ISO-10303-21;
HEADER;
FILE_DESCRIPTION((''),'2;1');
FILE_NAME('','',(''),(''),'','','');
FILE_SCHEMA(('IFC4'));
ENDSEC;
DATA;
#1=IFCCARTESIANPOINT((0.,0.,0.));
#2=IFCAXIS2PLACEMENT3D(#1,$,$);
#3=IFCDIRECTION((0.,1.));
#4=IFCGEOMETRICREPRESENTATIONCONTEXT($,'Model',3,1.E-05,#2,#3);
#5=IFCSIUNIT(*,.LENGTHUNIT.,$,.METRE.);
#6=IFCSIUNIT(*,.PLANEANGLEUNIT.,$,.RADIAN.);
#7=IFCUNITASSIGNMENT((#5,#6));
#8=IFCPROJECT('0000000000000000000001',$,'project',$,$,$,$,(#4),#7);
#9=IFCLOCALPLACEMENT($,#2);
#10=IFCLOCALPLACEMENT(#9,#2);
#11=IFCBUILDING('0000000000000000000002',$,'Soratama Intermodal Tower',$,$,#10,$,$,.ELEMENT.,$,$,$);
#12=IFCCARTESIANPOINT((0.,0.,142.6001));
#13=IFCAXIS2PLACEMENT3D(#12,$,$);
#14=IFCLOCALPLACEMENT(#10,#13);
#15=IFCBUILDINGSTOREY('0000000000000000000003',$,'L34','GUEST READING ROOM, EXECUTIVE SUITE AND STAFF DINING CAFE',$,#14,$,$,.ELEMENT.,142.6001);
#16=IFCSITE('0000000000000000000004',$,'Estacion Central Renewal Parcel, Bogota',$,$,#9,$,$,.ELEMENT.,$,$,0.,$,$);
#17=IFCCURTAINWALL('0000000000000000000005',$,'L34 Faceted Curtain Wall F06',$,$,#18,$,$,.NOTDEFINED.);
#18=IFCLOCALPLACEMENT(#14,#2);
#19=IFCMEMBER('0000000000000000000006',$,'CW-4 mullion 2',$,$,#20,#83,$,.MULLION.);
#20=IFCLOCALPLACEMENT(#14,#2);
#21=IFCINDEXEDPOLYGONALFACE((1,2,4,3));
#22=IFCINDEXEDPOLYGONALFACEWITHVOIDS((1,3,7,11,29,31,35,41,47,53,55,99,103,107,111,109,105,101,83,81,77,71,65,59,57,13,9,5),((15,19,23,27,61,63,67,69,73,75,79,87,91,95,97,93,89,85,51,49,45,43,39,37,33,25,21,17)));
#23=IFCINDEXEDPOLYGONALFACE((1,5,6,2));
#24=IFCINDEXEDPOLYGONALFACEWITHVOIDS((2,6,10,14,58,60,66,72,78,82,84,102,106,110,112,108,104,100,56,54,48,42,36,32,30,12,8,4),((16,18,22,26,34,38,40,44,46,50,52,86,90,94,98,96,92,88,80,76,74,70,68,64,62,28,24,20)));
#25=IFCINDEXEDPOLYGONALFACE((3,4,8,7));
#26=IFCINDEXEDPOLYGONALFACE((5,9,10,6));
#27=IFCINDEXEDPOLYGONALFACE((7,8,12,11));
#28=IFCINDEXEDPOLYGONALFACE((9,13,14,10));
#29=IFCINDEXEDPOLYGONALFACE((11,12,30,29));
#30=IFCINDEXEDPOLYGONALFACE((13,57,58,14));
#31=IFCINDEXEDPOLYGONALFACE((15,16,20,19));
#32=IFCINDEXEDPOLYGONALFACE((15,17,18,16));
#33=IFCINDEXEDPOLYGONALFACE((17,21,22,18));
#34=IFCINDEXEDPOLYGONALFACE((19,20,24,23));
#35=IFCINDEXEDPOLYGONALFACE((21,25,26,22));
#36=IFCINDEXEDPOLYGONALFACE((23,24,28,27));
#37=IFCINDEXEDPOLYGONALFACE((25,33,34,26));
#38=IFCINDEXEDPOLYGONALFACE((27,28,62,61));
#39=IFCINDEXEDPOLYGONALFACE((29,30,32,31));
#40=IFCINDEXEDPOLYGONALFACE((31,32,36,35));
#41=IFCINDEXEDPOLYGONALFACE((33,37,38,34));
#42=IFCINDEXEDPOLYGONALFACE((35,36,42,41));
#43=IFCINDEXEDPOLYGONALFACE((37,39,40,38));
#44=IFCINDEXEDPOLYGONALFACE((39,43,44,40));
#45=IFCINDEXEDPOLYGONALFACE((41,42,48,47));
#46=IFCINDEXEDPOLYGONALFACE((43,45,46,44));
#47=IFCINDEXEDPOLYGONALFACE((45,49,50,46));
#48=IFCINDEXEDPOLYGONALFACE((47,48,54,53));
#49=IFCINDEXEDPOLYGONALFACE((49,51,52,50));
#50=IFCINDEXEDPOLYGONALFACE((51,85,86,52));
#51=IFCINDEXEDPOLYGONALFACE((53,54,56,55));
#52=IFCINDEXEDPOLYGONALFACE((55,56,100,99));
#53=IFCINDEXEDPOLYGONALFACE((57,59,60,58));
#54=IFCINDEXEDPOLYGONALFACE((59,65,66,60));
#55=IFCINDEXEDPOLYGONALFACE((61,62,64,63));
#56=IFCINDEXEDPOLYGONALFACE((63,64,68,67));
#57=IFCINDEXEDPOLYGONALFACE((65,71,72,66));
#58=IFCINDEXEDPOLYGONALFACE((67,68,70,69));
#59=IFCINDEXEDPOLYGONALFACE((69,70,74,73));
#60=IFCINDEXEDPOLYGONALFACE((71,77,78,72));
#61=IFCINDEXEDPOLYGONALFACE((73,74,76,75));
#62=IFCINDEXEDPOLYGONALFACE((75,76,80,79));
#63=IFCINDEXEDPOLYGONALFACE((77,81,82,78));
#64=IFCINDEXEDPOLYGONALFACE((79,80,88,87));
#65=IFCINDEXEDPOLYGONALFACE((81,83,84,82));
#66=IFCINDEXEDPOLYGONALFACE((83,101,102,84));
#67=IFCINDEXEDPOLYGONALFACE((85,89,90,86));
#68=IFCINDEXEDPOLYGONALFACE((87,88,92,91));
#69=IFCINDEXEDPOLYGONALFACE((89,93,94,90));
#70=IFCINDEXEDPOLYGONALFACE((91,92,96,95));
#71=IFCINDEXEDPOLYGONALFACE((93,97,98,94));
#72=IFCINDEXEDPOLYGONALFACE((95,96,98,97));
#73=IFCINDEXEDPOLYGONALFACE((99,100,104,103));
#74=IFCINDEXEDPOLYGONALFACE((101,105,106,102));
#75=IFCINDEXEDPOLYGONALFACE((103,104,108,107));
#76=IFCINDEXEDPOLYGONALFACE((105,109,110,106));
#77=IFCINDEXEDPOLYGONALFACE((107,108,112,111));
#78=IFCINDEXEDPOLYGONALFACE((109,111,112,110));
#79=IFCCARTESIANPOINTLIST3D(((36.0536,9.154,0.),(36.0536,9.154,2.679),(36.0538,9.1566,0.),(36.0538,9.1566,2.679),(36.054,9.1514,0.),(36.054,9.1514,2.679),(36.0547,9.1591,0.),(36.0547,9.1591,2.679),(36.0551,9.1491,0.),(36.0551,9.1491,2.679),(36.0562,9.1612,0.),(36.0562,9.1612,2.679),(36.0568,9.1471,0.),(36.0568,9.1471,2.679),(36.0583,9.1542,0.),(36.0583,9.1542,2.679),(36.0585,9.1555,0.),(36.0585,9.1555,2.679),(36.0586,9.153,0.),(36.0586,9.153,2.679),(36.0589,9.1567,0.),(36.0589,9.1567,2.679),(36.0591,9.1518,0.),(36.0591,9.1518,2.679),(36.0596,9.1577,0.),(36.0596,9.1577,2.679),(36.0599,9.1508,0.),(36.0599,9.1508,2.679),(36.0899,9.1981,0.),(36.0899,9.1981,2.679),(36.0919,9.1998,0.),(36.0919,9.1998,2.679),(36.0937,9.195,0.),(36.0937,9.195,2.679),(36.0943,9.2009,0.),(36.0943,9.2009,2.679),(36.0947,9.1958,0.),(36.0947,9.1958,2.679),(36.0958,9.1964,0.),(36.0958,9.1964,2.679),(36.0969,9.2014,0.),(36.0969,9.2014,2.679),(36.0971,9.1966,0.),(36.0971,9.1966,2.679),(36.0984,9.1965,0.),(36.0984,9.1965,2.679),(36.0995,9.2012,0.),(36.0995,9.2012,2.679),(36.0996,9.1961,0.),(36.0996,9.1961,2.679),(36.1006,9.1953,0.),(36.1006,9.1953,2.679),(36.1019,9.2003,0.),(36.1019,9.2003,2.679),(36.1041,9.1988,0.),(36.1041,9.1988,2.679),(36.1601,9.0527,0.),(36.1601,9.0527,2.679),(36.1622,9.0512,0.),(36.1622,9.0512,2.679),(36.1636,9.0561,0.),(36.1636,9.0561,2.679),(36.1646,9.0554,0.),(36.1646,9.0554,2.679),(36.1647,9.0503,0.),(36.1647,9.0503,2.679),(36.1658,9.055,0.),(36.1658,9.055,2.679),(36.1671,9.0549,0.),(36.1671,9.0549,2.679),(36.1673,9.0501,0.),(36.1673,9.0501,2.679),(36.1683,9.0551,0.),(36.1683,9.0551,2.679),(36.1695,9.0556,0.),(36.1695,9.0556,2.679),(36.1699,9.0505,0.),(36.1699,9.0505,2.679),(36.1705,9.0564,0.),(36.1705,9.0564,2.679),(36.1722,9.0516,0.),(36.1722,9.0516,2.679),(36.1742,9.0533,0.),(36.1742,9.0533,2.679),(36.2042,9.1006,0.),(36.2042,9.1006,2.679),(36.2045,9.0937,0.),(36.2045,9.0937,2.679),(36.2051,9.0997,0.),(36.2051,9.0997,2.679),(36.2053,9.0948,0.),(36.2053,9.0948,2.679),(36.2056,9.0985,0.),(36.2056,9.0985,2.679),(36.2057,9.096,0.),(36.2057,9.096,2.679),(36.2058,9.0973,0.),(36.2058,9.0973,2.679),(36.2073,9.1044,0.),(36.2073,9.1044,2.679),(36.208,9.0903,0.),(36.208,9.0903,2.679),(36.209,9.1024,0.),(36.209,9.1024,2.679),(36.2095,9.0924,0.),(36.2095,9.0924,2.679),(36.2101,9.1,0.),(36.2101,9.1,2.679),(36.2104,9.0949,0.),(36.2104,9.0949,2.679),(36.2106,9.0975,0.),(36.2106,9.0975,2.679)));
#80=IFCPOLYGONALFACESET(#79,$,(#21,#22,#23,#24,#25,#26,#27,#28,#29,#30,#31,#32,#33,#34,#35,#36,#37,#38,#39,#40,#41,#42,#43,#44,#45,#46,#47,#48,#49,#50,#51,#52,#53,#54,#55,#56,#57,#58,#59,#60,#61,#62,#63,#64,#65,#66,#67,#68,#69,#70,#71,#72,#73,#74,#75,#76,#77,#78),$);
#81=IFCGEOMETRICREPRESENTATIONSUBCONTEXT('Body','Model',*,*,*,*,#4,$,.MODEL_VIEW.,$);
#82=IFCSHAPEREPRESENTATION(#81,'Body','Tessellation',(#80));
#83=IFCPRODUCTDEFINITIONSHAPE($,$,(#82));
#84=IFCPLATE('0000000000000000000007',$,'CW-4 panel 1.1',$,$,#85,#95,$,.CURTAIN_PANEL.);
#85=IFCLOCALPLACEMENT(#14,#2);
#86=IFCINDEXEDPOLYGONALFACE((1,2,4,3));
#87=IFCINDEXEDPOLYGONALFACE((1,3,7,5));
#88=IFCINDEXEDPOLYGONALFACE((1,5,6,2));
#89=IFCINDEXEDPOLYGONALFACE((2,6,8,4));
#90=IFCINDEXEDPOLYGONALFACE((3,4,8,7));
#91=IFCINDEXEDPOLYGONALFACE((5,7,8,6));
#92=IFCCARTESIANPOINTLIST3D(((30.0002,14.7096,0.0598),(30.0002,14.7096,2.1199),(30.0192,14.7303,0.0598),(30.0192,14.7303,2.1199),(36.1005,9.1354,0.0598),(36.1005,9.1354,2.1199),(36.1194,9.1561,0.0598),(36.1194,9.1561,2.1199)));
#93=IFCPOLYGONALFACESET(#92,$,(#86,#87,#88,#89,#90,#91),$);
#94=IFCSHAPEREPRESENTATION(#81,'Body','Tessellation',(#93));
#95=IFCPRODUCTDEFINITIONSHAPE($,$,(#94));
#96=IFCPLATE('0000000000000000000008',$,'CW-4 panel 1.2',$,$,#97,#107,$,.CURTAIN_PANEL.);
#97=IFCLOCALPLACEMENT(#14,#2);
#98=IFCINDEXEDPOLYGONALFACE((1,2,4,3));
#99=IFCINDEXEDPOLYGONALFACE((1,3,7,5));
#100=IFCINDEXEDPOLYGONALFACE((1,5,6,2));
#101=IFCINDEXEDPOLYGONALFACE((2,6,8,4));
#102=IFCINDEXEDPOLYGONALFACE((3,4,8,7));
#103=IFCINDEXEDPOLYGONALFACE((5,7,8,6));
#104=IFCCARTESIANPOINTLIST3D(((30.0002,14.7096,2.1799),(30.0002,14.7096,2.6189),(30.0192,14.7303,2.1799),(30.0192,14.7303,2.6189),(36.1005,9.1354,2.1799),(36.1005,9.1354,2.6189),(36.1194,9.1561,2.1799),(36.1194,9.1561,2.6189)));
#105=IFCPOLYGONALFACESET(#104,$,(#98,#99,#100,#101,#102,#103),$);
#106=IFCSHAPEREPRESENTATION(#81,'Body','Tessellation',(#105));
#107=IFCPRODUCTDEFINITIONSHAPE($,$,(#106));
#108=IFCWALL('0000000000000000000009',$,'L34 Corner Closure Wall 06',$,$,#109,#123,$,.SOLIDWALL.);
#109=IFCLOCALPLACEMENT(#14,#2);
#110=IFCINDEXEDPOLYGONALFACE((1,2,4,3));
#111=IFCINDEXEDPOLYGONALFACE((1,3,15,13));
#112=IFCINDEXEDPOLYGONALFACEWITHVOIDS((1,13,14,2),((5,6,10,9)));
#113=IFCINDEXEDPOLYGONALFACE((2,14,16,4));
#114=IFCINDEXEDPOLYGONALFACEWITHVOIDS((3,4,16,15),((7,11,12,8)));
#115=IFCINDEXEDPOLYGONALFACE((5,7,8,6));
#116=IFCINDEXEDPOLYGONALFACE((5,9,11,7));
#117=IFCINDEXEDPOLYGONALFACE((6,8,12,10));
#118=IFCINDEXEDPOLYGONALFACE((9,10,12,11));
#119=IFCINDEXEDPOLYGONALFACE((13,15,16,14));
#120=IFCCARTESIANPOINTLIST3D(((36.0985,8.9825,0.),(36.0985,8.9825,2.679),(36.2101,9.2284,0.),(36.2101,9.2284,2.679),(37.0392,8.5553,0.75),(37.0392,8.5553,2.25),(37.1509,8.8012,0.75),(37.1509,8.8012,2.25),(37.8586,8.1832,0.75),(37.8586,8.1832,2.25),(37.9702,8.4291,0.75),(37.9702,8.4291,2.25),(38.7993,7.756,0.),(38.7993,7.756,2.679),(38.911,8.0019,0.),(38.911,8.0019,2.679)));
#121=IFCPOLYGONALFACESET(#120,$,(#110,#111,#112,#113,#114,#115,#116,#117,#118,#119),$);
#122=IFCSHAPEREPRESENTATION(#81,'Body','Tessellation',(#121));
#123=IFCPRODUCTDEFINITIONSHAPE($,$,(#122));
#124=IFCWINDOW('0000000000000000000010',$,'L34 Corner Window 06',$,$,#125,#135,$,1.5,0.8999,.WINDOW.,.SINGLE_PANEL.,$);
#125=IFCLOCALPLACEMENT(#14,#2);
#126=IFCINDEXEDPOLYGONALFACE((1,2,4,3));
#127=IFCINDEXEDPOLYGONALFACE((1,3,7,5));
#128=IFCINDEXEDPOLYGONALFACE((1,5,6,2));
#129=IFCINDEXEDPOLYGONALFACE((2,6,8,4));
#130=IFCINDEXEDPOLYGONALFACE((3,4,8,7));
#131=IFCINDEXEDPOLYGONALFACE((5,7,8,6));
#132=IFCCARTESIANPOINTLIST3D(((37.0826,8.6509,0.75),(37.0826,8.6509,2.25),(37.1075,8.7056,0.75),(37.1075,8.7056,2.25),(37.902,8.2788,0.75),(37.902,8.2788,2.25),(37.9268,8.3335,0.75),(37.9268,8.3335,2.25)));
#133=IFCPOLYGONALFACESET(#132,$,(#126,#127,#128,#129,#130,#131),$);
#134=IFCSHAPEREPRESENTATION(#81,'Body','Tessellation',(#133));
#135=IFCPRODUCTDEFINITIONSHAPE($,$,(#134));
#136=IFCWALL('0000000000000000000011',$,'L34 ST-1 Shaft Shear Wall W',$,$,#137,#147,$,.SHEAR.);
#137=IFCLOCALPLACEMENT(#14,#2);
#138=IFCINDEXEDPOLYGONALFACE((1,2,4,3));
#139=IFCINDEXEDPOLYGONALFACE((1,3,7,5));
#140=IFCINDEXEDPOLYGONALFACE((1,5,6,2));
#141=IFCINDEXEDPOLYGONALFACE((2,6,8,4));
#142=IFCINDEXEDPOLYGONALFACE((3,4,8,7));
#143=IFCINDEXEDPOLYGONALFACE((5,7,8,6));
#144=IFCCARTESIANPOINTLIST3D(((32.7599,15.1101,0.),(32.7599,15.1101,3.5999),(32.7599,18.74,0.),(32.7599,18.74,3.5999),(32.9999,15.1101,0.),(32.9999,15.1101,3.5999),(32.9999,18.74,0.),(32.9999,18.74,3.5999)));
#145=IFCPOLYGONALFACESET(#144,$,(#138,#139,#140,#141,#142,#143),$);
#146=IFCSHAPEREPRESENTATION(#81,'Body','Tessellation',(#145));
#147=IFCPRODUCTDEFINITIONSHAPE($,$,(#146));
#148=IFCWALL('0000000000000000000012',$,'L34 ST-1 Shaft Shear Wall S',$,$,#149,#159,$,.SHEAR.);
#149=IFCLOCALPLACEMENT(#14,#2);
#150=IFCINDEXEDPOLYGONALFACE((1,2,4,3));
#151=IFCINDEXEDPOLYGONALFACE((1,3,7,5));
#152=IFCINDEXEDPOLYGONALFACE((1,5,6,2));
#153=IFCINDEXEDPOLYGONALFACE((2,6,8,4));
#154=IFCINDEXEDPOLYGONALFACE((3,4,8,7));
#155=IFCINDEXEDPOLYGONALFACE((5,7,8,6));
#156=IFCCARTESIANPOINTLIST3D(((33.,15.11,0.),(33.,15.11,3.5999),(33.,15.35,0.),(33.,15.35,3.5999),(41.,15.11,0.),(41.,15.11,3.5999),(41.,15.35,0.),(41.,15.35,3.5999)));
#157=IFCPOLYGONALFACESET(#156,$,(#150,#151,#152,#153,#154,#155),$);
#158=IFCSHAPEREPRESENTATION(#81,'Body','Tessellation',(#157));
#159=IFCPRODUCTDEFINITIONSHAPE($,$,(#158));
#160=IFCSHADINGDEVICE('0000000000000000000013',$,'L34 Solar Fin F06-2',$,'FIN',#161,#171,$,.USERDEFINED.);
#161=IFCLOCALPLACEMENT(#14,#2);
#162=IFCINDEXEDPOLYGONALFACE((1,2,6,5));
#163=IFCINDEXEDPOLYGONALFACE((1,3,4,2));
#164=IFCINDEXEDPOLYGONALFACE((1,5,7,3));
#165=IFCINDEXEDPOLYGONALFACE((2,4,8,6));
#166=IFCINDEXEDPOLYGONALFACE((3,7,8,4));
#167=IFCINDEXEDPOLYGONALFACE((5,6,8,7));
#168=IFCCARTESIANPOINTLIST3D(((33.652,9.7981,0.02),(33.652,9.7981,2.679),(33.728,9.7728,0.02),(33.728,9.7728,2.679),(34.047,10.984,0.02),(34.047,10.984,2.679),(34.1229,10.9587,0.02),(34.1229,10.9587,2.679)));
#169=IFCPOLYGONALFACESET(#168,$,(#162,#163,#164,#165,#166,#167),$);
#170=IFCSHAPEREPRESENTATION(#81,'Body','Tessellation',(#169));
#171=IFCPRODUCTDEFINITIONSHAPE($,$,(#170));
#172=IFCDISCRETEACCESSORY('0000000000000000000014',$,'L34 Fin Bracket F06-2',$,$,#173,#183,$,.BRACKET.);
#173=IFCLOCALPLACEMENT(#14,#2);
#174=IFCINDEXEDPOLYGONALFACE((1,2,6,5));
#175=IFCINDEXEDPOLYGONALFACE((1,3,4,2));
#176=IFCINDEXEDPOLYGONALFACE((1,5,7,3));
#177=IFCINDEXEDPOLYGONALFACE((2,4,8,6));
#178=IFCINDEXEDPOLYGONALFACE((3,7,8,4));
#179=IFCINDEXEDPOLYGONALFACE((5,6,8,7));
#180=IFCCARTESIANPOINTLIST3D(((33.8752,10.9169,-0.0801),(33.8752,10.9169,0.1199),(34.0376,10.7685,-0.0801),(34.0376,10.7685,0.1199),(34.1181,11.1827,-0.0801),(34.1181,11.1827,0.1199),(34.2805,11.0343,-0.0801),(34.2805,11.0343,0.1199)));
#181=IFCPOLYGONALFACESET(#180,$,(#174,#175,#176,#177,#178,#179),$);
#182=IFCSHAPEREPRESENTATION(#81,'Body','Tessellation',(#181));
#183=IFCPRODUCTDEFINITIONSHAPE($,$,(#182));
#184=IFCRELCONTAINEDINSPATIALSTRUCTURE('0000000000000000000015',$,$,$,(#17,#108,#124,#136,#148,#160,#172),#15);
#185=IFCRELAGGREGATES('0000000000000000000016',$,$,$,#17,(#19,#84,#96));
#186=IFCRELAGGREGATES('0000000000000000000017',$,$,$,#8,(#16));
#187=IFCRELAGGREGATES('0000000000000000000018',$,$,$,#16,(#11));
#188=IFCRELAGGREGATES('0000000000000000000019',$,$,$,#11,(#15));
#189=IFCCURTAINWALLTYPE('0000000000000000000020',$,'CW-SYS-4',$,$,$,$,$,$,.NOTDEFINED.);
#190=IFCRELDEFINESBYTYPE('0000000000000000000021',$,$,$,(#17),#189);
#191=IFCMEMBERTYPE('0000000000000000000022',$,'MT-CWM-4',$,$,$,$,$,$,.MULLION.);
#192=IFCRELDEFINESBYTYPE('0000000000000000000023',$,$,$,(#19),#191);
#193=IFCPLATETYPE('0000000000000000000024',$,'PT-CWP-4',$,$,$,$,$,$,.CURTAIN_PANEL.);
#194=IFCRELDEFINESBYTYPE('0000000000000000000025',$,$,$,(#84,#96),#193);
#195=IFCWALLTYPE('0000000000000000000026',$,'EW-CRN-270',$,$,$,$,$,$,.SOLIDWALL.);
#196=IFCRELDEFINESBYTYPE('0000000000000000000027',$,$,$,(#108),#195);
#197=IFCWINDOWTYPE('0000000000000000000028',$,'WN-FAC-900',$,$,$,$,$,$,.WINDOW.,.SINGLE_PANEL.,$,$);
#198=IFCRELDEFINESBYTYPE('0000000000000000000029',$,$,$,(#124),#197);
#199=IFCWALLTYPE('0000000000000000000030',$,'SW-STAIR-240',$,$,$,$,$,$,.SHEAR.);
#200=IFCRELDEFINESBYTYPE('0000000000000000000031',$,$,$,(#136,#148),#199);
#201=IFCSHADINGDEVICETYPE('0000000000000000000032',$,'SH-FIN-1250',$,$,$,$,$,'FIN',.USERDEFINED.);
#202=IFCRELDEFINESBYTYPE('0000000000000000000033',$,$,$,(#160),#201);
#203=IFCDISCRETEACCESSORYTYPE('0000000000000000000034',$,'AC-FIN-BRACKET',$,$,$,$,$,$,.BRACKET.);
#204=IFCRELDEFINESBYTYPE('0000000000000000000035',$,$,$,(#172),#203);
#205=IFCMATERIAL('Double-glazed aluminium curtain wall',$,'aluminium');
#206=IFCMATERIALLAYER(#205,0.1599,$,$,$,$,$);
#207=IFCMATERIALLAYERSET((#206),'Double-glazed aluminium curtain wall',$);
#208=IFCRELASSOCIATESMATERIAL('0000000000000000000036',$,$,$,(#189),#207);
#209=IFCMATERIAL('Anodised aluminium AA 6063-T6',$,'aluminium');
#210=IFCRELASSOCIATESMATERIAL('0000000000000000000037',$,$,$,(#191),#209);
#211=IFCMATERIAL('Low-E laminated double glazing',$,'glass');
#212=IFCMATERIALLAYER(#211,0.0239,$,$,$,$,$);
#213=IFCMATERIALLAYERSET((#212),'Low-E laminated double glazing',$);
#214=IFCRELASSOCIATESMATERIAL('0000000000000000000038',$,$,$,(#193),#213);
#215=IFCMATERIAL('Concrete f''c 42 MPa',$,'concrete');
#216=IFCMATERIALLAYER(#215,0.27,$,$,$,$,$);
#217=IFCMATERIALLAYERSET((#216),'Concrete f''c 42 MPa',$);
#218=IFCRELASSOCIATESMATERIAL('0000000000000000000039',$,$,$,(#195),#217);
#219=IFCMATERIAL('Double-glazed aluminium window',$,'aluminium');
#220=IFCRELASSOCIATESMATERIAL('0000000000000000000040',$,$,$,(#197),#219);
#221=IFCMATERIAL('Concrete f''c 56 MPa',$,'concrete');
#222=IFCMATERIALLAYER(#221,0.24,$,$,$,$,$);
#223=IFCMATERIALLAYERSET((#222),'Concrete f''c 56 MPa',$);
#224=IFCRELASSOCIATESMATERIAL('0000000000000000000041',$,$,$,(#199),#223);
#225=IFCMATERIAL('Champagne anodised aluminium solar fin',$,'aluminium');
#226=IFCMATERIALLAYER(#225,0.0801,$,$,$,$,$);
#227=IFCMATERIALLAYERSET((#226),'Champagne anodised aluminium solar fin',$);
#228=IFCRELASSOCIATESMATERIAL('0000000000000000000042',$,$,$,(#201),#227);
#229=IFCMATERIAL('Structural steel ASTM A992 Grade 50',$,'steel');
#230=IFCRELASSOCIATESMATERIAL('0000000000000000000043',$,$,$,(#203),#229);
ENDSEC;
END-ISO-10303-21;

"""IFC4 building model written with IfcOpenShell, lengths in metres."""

from ifc_helpers import new_model, si_unit, direction, frame, frame_2d, origin, origin_2d, place, context, subcontext, project, spatial, rectangle, hollow_rectangle, extrude, material, layer, layer_set, material_profile, profile_set, type_object, element, fill, aggregate, save


model = new_model("IFC4")

# Units and contexts
model_context = context("Model", 3, precision=1e-05, world=origin(), true_north=direction((0.0, 1.0)))
body_context = subcontext(model_context, "Body", "Model", "MODEL_VIEW")
ifc_project = project(units=[si_unit("LENGTHUNIT", "METRE"), si_unit("PLANEANGLEUNIT", "RADIAN")], contexts=[model_context])

# Site, building, storey
site_placement = place(None, origin())
site = spatial("IfcSite", under=ifc_project, at=site_placement, Name="Estacion Central Renewal Parcel, Bogota", CompositionType="ELEMENT", RefElevation=0.0)
building_placement = place(site_placement, origin())
building = spatial("IfcBuilding", under=site, at=building_placement, Name="Soratama Intermodal Tower", CompositionType="ELEMENT")
storey_placement = place(building_placement, frame((0.0, 0.0, 142.6001)))
storey = spatial("IfcBuildingStorey", under=building, at=storey_placement, Name="L34", Description="GUEST READING ROOM, EXECUTIVE SUITE AND STAFF DINING CAFE", CompositionType="ELEMENT", Elevation=142.6001)

# Curtain wall, member, plates
ifc_material_1 = material(Name="Double-glazed aluminium curtain wall", Category="aluminium")
ifc_layer_1 = layer(ifc_material_1, 0.1599)
ifc_layer_set_1 = layer_set([ifc_layer_1], Name="Double-glazed aluminium curtain wall")
curtain_wall_type = type_object("IfcCurtainWallType", Name="CW-SYS-4", PredefinedType="NOTDEFINED", material=ifc_layer_set_1)
curtain_wall_placement = place(storey_placement, origin())
curtain_wall = element("IfcCurtainWall", 1, at=curtain_wall_placement, inside=storey, type_object=curtain_wall_type, Name="L34 Faceted Curtain Wall F06", PredefinedType="NOTDEFINED")
ifc_material_2 = material(Name="Anodised aluminium AA 6063-T6", Category="aluminium")
ifc_material_profile_1 = material_profile(ifc_material_2, hollow_rectangle(XDim=0.0701, YDim=0.1599, WallThickness=0.0049, InnerFilletRadius=0.0049, OuterFilletRadius=0.01, at=origin_2d()), Name="CWM160X70X5")
ifc_profile_set_1 = profile_set([ifc_material_profile_1], Name="Anodised aluminium AA 6063-T6")
member_type = type_object("IfcMemberType", Name="MT-CWM-4", PredefinedType="MULLION", material=ifc_profile_set_1)
member_placement = place(storey_placement, frame((36.1321, 9.1257, 0.0), z_axis=(0.0, 0.0, 1.0), x_axis=(0.674559, 0.738221, 0.0)))
member = element("IfcMember", 2, at=member_placement, type_object=member_type, Name="CW-4 mullion 2", PredefinedType="MULLION", context=body_context, shape_type="SweptSolid", body=[
    extrude(hollow_rectangle(XDim=0.0701, YDim=0.1599, WallThickness=0.0049, InnerFilletRadius=0.0049, OuterFilletRadius=0.01, at=origin_2d()), origin(), (0.0, 0.0, 1.0), 2.679),
])
ifc_material_3 = material(Name="Low-E laminated double glazing", Category="glass")
ifc_layer_2 = layer(ifc_material_3, 0.0239)
ifc_layer_set_2 = layer_set([ifc_layer_2], Name="Low-E laminated double glazing")
plate_type = type_object("IfcPlateType", Name="PT-CWP-4", PredefinedType="CURTAIN_PANEL", material=ifc_layer_set_2)
plate_1_placement = place(storey_placement, frame((33.0598, 11.9329, 0.0598), z_axis=(0.0, 0.0, 1.0), x_axis=(0.738221, -0.674559, 0.0)))
plate_1 = element("IfcPlate", 3, at=plate_1_placement, type_object=plate_type, Name="CW-4 panel 1.1", PredefinedType="CURTAIN_PANEL", context=body_context, shape_type="SweptSolid", body=[
    extrude(rectangle(XDim=8.2634, YDim=0.0281, at=origin_2d()), origin(), (0.0, 0.0, 1.0), 2.0601),
])
plate_2_placement = place(storey_placement, frame((33.0598, 11.9329, 2.1799), z_axis=(0.0, 0.0, 1.0), x_axis=(0.738221, -0.674559, 0.0)))
plate_2 = element("IfcPlate", 4, at=plate_2_placement, type_object=plate_type, Name="CW-4 panel 1.2", PredefinedType="CURTAIN_PANEL", context=body_context, shape_type="SweptSolid", body=[
    extrude(rectangle(XDim=8.2634, YDim=0.0281, at=origin_2d()), origin(), (0.0, 0.0, 1.0), 0.439),
])
aggregate(curtain_wall, [member, plate_1, plate_2])

# Wall, opening, window
ifc_material_4 = material(Name="Concrete f'c 42 MPa", Category="concrete")
ifc_layer_3 = layer(ifc_material_4, 0.27)
ifc_layer_set_3 = layer_set([ifc_layer_3], Name="Concrete f'c 42 MPa")
wall_type_1 = type_object("IfcWallType", Name="EW-CRN-270", PredefinedType="SOLIDWALL", material=ifc_layer_set_3)
wall_1_placement = place(storey_placement, frame((36.1543, 9.1055, 0.0), z_axis=(0.0, 0.0, 1.0), x_axis=(0.91051, -0.413487, 0.0)))
wall_1 = element("IfcWall", 5, at=wall_1_placement, inside=storey, type_object=wall_type_1, Name="L34 Corner Closure Wall 06", PredefinedType="SOLIDWALL", context=body_context, shape_type="SweptSolid", body=[
    extrude(rectangle(XDim=2.9663, YDim=0.27, at=frame_2d((1.4832, 0.0))), origin(), (0.0, 0.0, 1.0), 2.679),
])
opening_1_placement = place(wall_1_placement, frame((1.0332, 0.0, 0.75)))
opening_1 = element("IfcOpeningElement", 6, at=opening_1_placement, cuts=wall_1, PredefinedType="OPENING", context=body_context, shape_type="SweptSolid", body=[
    extrude(rectangle(XDim=0.8999, YDim=1.5, at=frame_2d((0.45, 0.75))), frame((0.0, 0.145, 0.0), z_axis=(0.0, -1.0, 0.0), x_axis=(1.0, 0.0, 0.0)), (0.0, 0.0, 1.0), 0.29),
])
ifc_material_5 = material(Name="Double-glazed aluminium window", Category="aluminium")
window_type_1 = type_object("IfcWindowType", Name="WN-FAC-900", PartitioningType="SINGLE_PANEL", PredefinedType="WINDOW", material=ifc_material_5)
window_1_placement = place(opening_1_placement, origin())
window_1 = element("IfcWindow", 7, at=window_1_placement, inside=storey, type_object=window_type_1, Name="L34 Corner Window 06", OverallHeight=1.5, OverallWidth=0.8999, PartitioningType="SINGLE_PANEL", PredefinedType="WINDOW", context=body_context, shape_type="SweptSolid", body=[
    extrude(rectangle(XDim=0.8999, YDim=1.5, at=frame_2d((0.45, 0.75))), frame((0.0, 0.03, 0.0), z_axis=(0.0, -1.0, 0.0), x_axis=(1.0, 0.0, 0.0)), (0.0, 0.0, 1.0), 0.0601),
])
fill(opening_1, window_1)

# Wall
ifc_material_6 = material(Name="Concrete f'c 56 MPa", Category="concrete")
ifc_layer_4 = layer(ifc_material_6, 0.24)
ifc_layer_set_4 = layer_set([ifc_layer_4], Name="Concrete f'c 56 MPa")
wall_type_2 = type_object("IfcWallType", Name="SW-STAIR-240", PredefinedType="SHEAR", material=ifc_layer_set_4)
wall_2_placement = place(storey_placement, frame((32.8799, 15.1101, 0.0), z_axis=(0.0, 0.0, 1.0), x_axis=(0.0, 1.0, 0.0)))
element("IfcWall", 8, at=wall_2_placement, inside=storey, type_object=wall_type_2, Name="L34 ST-1 Shaft Shear Wall W", PredefinedType="SHEAR", context=body_context, shape_type="SweptSolid", body=[
    extrude(rectangle(XDim=3.6299, YDim=0.24, at=frame_2d((1.8149, 0.0))), origin(), (0.0, 0.0, 1.0), 3.5999),
])

# Wall
wall_3_placement = place(storey_placement, frame((33.0, 15.23, 0.0), z_axis=(0.0, 0.0, 1.0), x_axis=(1.0, 0.0, 0.0)))
element("IfcWall", 9, at=wall_3_placement, inside=storey, type_object=wall_type_2, Name="L34 ST-1 Shaft Shear Wall S", PredefinedType="SHEAR", context=body_context, shape_type="SweptSolid", body=[
    extrude(rectangle(XDim=8.0, YDim=0.24, at=frame_2d((4.0, 0.0))), origin(), (0.0, 0.0, 1.0), 3.5999),
])

# Shading device
ifc_material_7 = material(Name="Champagne anodised aluminium solar fin", Category="aluminium")
ifc_layer_5 = layer(ifc_material_7, 0.0801)
ifc_layer_set_5 = layer_set([ifc_layer_5], Name="Champagne anodised aluminium solar fin")
shading_device_type = type_object("IfcShadingDeviceType", Name="SH-FIN-1250", ElementType="FIN", PredefinedType="USERDEFINED", material=ifc_layer_set_5)
shading_device_placement = place(storey_placement, frame((33.8875, 10.3784, 0.02), z_axis=(0.0, 0.0, 1.0), x_axis=(-0.31598, -0.948766, 0.0)))
element("IfcShadingDevice", 10, at=shading_device_placement, inside=storey, type_object=shading_device_type, Name="L34 Solar Fin F06-2", ObjectType="FIN", PredefinedType="USERDEFINED", context=body_context, shape_type="SweptSolid", body=[
    extrude(rectangle(XDim=1.25, YDim=0.0801, at=origin_2d()), origin(), (0.0, 0.0, 1.0), 2.6589),
])

# Discrete accessory
ifc_material_8 = material(Name="Structural steel ASTM A992 Grade 50", Category="steel")
discrete_accessory_type = type_object("IfcDiscreteAccessoryType", Name="AC-FIN-BRACKET", PredefinedType="BRACKET", material=ifc_material_8)
discrete_accessory_placement = place(storey_placement, frame((34.0779, 10.9756, -0.0801), z_axis=(0.0, 0.0, 1.0), x_axis=(-0.67456, -0.73822, 0.0)))
element("IfcDiscreteAccessory", 11, at=discrete_accessory_placement, inside=storey, type_object=discrete_accessory_type, Name="L34 Fin Bracket F06-2", PredefinedType="BRACKET", context=body_context, shape_type="SweptSolid", body=[
    extrude(rectangle(XDim=0.3601, YDim=0.22, at=origin_2d()), origin(), (0.0, 0.0, 1.0), 0.2),
])

save(model, "model.ifc")
